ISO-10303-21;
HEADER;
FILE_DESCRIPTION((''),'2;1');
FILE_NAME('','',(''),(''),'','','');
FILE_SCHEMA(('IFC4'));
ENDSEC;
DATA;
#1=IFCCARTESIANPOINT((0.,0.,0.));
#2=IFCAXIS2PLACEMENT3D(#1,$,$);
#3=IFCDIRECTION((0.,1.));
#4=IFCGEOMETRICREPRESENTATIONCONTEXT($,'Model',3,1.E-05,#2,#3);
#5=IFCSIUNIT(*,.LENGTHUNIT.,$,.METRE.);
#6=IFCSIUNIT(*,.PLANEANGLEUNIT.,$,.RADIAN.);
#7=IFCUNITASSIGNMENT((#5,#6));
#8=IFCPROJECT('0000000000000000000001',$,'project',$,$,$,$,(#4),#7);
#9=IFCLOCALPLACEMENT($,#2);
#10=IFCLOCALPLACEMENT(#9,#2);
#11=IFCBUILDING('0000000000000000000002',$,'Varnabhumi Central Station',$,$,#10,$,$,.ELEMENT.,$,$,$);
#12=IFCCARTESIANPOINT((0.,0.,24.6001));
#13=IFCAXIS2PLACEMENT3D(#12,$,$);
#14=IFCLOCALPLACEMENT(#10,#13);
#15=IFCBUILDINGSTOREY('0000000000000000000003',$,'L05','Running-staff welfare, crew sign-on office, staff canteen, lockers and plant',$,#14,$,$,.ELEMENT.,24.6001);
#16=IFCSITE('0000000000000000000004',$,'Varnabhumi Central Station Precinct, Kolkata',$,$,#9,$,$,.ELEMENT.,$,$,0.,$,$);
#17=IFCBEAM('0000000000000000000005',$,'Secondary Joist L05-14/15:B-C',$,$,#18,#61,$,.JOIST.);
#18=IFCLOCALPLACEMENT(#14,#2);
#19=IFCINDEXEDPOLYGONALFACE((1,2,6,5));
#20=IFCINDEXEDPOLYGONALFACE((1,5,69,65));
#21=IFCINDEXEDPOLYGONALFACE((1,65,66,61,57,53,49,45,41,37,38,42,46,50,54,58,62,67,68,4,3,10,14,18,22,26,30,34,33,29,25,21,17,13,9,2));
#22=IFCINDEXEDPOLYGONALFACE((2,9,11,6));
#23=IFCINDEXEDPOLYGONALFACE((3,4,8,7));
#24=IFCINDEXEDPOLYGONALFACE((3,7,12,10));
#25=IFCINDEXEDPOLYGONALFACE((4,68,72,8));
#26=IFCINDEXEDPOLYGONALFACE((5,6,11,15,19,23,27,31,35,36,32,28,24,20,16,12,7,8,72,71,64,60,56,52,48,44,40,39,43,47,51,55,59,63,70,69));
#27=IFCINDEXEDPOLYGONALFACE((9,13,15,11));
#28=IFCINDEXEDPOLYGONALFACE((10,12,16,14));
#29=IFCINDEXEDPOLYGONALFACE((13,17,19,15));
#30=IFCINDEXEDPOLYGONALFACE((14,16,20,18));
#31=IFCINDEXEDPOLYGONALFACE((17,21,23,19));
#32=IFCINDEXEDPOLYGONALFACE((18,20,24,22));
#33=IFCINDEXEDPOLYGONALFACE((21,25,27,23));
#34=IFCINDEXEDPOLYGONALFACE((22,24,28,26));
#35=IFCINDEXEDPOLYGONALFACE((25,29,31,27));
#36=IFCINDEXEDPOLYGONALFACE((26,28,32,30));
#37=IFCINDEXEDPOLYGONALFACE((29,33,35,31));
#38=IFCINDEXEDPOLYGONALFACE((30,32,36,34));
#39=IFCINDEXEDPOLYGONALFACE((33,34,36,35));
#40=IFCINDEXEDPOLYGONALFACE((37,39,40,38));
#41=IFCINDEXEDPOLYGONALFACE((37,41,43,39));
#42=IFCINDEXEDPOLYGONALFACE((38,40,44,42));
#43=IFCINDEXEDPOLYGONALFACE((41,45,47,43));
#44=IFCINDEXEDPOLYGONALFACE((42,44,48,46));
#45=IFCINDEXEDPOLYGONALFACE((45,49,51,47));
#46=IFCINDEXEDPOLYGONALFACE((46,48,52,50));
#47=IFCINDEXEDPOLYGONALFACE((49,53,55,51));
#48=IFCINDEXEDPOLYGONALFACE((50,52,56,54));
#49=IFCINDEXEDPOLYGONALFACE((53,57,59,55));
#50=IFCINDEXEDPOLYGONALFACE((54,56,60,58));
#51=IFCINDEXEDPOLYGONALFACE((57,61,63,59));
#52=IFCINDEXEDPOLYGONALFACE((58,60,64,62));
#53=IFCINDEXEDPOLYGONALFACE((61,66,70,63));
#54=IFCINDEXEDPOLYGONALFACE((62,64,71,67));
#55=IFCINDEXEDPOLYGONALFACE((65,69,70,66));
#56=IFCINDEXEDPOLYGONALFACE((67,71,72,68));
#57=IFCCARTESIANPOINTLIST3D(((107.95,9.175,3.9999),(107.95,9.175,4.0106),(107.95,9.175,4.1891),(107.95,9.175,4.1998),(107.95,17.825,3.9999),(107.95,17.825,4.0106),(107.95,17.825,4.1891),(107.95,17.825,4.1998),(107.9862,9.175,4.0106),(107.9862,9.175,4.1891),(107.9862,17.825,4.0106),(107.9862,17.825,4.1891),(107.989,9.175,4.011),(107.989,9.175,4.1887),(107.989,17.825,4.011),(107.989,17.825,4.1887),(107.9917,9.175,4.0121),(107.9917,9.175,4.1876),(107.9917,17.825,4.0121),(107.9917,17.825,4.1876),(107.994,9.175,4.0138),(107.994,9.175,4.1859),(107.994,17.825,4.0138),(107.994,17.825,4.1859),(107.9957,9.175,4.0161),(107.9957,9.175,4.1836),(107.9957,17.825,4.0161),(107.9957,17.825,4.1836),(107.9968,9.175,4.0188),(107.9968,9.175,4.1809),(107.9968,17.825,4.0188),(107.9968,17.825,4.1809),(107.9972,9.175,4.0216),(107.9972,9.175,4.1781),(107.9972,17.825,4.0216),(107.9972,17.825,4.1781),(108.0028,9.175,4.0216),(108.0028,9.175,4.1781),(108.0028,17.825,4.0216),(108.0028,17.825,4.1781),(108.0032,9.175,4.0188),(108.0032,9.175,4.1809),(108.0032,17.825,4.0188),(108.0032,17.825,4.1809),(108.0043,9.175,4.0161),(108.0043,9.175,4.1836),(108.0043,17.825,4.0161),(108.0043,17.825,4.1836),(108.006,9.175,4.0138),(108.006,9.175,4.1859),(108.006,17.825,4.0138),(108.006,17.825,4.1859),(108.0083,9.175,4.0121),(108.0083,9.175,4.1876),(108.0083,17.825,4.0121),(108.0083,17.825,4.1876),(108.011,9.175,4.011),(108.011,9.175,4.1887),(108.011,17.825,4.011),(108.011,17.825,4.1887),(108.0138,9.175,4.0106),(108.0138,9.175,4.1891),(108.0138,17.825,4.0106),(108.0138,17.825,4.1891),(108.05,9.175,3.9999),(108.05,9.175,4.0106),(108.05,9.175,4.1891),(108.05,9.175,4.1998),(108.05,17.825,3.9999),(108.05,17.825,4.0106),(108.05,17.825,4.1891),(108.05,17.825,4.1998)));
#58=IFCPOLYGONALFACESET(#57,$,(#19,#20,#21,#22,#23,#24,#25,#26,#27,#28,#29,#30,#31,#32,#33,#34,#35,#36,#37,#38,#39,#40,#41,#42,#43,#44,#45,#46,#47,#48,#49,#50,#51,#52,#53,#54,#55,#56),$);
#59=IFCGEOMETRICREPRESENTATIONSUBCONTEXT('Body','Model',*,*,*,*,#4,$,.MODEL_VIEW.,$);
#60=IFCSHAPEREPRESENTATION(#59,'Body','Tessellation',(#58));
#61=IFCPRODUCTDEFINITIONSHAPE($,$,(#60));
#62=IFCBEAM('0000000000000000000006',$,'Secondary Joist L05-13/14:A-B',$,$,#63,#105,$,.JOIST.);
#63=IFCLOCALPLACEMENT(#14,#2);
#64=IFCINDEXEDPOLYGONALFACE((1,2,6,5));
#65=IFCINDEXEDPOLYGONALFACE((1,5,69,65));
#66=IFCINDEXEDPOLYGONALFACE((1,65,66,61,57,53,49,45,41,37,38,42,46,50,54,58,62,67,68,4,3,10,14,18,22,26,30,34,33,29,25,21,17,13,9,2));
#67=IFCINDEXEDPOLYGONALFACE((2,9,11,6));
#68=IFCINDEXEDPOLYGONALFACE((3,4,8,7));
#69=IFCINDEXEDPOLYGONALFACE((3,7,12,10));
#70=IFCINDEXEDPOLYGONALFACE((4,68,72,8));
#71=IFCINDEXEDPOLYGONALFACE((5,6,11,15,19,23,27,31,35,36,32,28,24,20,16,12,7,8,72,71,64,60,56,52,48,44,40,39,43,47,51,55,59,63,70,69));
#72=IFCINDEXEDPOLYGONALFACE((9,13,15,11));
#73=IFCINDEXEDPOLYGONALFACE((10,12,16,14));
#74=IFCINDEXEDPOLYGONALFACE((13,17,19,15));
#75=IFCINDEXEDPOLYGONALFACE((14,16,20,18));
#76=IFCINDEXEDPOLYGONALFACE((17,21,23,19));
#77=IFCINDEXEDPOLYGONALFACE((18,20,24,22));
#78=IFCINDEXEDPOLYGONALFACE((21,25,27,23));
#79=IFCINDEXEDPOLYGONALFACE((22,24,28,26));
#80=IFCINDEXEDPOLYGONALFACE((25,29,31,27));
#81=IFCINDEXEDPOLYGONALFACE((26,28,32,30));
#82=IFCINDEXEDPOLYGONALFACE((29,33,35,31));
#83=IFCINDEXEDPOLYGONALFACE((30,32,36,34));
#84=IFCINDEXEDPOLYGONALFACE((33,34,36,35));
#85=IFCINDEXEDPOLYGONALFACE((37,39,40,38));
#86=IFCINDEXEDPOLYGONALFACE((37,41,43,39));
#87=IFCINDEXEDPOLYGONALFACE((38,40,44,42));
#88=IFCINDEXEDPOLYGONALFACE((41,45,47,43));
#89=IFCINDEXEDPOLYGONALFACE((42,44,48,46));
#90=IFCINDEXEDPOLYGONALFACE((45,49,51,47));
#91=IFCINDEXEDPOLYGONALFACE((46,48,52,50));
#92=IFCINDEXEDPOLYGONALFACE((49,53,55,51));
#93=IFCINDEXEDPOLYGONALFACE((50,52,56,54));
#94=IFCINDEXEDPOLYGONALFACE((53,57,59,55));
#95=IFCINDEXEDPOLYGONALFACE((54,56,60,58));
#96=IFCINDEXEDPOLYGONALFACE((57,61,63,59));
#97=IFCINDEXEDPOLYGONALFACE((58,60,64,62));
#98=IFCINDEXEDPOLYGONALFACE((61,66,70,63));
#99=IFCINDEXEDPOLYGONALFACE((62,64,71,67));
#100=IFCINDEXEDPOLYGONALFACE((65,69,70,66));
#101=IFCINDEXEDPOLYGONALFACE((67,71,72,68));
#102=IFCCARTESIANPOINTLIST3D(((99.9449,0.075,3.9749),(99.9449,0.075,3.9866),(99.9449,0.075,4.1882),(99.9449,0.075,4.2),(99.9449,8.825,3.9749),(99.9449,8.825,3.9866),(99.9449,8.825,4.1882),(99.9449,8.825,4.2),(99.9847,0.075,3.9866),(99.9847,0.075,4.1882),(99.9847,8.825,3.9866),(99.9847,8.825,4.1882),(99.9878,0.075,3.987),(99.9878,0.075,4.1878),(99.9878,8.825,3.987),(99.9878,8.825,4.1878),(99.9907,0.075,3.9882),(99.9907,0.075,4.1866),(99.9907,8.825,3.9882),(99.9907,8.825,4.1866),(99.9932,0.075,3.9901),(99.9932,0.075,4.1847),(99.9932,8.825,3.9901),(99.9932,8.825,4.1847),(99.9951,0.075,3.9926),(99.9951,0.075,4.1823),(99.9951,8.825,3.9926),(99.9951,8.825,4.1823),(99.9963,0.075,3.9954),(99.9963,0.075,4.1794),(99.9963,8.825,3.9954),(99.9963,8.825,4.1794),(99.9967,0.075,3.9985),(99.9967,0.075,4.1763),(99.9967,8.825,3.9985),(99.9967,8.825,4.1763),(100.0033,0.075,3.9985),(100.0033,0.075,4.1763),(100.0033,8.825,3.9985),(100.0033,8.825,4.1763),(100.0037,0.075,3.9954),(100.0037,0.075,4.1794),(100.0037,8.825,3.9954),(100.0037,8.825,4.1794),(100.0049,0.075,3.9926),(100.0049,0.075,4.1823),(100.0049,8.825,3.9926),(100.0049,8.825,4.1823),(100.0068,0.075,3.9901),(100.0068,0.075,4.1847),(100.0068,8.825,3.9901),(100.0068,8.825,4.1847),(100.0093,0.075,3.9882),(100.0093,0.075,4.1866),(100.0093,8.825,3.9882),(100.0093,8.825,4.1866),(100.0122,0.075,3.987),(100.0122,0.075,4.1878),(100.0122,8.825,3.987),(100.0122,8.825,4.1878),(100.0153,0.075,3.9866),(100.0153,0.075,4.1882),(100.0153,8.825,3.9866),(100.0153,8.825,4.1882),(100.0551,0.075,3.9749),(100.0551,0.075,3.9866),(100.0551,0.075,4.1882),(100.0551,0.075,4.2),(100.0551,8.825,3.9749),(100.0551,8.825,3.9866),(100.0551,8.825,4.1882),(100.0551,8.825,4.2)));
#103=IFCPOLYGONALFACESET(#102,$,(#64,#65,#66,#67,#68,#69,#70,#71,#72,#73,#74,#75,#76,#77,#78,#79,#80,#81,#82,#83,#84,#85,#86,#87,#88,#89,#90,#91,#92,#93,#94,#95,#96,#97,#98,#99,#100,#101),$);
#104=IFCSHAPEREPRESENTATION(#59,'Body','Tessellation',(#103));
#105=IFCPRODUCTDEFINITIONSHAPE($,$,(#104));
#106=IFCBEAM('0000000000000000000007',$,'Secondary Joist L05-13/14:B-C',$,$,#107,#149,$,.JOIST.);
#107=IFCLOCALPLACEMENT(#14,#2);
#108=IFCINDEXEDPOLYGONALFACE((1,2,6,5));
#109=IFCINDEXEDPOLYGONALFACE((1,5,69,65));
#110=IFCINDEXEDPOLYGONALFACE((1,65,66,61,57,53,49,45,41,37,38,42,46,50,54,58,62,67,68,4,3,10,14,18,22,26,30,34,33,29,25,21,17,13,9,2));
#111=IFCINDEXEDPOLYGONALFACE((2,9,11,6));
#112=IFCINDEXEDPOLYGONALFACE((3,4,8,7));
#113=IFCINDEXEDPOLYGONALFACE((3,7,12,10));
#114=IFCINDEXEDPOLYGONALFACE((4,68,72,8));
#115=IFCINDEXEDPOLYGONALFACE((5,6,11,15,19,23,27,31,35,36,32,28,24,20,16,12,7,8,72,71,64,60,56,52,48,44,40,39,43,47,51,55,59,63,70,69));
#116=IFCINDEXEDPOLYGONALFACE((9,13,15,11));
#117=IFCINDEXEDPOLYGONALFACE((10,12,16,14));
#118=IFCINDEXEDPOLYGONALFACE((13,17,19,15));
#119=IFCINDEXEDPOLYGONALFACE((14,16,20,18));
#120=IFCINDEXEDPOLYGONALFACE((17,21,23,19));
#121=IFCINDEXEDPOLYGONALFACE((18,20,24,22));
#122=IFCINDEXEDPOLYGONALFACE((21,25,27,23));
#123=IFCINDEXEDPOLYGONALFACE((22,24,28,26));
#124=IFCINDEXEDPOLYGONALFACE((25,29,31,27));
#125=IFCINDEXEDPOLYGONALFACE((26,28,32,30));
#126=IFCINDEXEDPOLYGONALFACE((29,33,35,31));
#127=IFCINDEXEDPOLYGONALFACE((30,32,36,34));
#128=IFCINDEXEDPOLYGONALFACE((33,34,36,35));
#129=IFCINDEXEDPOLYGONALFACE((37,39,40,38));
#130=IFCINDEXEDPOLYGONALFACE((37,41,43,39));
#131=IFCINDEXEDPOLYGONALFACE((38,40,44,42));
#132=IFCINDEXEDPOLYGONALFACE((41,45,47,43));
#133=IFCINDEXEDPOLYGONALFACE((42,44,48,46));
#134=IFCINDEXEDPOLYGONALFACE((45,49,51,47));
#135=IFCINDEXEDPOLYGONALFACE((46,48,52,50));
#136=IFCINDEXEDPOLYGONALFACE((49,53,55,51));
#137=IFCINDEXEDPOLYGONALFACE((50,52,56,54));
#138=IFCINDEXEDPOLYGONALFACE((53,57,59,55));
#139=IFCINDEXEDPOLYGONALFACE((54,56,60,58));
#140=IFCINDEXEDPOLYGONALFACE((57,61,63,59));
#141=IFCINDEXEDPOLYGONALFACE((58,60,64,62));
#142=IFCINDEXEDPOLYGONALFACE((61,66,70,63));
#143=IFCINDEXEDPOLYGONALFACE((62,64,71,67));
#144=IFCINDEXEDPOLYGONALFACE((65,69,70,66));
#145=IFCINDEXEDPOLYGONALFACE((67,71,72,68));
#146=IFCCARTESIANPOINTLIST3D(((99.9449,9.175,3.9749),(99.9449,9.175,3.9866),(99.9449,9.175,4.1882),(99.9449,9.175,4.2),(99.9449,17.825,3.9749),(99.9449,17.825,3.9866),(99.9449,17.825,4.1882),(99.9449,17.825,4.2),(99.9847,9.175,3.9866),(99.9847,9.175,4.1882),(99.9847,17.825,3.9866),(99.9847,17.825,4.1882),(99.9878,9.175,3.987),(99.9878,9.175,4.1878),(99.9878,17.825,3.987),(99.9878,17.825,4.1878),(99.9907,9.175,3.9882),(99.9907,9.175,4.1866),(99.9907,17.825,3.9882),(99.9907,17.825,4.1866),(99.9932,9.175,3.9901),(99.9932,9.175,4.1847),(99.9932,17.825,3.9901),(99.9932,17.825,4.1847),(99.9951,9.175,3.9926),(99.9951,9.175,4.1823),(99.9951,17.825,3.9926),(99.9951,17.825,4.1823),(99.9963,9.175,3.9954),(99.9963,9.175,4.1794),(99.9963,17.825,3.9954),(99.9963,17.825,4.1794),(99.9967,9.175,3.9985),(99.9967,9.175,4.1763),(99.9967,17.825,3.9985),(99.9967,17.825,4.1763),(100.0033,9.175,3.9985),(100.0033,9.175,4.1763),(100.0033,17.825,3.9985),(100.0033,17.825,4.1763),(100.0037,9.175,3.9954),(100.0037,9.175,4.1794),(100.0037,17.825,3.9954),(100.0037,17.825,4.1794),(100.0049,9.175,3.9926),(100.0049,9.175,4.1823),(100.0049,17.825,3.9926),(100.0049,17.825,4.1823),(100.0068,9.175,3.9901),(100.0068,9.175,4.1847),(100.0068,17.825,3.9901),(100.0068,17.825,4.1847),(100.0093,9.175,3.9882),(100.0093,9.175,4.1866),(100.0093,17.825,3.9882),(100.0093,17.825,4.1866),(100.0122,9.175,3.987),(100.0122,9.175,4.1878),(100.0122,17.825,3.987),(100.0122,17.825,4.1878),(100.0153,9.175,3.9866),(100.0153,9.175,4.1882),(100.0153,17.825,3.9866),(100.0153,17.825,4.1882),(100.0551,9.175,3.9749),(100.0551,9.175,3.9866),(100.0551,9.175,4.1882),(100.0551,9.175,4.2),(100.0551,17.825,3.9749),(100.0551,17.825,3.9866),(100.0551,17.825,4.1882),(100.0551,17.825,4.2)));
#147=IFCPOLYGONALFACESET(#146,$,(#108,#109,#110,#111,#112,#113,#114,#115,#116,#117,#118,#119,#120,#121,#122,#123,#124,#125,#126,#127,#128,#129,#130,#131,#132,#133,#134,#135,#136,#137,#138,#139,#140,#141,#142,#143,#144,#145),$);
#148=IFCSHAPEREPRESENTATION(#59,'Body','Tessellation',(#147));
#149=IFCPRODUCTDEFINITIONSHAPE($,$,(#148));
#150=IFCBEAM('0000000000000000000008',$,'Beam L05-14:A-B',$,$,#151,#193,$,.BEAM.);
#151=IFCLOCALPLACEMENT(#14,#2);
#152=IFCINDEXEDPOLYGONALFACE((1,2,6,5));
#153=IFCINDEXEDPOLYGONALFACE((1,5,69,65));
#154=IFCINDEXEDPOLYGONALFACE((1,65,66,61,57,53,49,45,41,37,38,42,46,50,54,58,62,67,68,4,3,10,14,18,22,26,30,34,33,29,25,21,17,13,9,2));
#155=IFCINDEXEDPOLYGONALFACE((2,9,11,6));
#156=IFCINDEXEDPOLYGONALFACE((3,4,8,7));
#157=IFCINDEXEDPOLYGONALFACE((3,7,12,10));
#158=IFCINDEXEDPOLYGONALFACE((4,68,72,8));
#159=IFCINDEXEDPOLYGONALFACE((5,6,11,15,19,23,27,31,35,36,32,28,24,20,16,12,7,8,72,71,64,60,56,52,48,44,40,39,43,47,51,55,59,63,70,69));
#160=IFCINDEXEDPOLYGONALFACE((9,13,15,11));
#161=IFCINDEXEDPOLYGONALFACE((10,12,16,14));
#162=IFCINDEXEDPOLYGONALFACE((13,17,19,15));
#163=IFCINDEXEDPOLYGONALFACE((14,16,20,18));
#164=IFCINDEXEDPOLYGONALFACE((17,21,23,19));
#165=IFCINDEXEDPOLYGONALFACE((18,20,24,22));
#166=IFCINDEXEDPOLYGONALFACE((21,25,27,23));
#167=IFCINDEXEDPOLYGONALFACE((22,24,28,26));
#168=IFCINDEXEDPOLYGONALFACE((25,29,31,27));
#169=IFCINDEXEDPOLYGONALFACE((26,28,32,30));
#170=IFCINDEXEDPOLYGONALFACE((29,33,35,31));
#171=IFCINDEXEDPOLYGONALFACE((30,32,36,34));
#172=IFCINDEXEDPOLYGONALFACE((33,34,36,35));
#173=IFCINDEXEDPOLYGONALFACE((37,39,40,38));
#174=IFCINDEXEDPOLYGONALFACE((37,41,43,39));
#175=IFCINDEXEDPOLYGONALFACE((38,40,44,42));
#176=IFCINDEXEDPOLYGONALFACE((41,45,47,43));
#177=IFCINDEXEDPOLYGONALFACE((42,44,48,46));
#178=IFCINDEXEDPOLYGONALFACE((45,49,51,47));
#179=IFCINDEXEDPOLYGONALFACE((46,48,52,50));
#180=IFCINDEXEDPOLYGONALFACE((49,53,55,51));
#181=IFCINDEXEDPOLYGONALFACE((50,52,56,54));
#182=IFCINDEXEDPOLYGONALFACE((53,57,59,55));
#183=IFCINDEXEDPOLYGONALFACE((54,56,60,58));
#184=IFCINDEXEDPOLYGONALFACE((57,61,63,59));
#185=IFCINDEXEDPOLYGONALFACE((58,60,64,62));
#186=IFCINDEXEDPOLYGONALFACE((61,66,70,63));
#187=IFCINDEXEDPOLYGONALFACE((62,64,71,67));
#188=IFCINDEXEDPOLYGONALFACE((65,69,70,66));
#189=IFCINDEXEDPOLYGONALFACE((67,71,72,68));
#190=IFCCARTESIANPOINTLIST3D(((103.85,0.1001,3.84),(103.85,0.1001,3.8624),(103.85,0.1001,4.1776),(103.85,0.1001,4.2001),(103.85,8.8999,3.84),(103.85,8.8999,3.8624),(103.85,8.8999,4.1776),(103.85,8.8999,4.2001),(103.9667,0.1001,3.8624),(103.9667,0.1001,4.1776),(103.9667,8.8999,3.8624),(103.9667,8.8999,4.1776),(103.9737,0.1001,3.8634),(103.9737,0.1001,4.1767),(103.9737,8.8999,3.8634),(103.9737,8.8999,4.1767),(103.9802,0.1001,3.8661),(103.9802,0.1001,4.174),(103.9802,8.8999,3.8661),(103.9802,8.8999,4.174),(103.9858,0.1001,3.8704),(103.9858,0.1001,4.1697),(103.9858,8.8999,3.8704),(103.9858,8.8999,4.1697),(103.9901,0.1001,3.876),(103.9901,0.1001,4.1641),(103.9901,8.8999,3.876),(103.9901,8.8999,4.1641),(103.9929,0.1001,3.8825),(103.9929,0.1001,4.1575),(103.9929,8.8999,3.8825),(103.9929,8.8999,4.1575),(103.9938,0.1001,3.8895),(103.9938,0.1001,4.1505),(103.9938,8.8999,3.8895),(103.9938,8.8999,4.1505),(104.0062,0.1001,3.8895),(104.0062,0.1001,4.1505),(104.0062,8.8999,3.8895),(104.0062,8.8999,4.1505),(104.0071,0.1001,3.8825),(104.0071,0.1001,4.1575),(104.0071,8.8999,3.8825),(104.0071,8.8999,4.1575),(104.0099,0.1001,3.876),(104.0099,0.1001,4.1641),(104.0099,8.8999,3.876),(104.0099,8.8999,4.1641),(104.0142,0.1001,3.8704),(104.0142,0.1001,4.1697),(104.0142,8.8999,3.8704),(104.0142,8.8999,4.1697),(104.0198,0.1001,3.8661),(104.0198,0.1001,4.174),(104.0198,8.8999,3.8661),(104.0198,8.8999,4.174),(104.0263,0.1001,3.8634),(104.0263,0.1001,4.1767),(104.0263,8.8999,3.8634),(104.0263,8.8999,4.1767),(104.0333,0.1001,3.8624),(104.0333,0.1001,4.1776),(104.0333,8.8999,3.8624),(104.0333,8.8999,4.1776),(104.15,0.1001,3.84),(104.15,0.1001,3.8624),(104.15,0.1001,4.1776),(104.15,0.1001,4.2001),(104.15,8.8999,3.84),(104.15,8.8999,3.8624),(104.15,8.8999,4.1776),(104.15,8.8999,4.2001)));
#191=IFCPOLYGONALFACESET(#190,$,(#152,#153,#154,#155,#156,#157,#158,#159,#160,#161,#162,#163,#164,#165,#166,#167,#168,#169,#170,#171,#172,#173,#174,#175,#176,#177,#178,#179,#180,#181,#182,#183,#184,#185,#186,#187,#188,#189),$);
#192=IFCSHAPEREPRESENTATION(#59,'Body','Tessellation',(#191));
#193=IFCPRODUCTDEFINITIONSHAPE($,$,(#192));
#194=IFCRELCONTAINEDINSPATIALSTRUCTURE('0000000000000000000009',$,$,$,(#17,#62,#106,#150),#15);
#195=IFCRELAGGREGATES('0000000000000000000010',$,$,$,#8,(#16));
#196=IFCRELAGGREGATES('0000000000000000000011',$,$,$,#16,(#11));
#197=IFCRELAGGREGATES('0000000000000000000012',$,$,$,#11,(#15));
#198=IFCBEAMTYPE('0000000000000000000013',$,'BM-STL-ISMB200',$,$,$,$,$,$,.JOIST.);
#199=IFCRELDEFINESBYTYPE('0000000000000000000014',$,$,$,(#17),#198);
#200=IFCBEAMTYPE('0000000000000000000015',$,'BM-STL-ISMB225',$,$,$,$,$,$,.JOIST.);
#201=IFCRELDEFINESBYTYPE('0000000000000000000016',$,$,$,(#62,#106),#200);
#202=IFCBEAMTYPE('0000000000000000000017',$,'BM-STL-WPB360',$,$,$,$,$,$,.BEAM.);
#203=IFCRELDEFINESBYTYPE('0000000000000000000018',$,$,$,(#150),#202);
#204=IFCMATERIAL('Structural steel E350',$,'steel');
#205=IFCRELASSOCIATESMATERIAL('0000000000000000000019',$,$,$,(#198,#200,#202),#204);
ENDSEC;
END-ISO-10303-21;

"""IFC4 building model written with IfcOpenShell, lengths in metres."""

from ifc_helpers import new_model, si_unit, direction, frame, origin, origin_2d, place, context, subcontext, project, spatial, i_section, extrude, material, material_profile, profile_set, type_object, element, save


model = new_model("IFC4")

# Units and contexts
model_context = context("Model", 3, precision=1e-05, world=origin(), true_north=direction((0.0, 1.0)))
body_context = subcontext(model_context, "Body", "Model", "MODEL_VIEW")
ifc_project = project(units=[si_unit("LENGTHUNIT", "METRE"), si_unit("PLANEANGLEUNIT", "RADIAN")], contexts=[model_context])

# Site, building, storey
site_placement = place(None, origin())
site = spatial("IfcSite", under=ifc_project, at=site_placement, Name="Varnabhumi Central Station Precinct, Kolkata", CompositionType="ELEMENT", RefElevation=0.0)
building_placement = place(site_placement, origin())
building = spatial("IfcBuilding", under=site, at=building_placement, Name="Varnabhumi Central Station", CompositionType="ELEMENT")
storey_placement = place(building_placement, frame((0.0, 0.0, 24.6001)))
storey = spatial("IfcBuildingStorey", under=building, at=storey_placement, Name="L05", Description="Running-staff welfare, crew sign-on office, staff canteen, lockers and plant", CompositionType="ELEMENT", Elevation=24.6001)

# Beams
ifc_material_1 = material(Name="Structural steel E350", Category="steel")
ifc_material_profile_1 = material_profile(ifc_material_1, i_section(OverallWidth=0.1001, OverallDepth=0.2, WebThickness=0.0056, FlangeThickness=0.0107, FilletRadius=0.011, at=origin_2d()), Name="Structural steel E350", Category="steel")
ifc_profile_set_1 = profile_set([ifc_material_profile_1], Name="Structural steel E350")
beam_type_1 = type_object("IfcBeamType", Name="BM-STL-ISMB200", PredefinedType="JOIST", material=ifc_profile_set_1)
beam_1_placement = place(storey_placement, frame((108.0, 9.175, 4.0999), z_axis=(0.0, 1.0, 0.0), x_axis=(-1.0, 0.0, 0.0)))
element("IfcBeam", 1, at=beam_1_placement, inside=storey, type_object=beam_type_1, Name="Secondary Joist L05-14/15:B-C", PredefinedType="JOIST", context=body_context, shape_type="SweptSolid", body=[
    extrude(i_section(OverallWidth=0.1001, OverallDepth=0.2, WebThickness=0.0056, FlangeThickness=0.0107, FilletRadius=0.011, at=origin_2d()), origin(), (0.0, 0.0, 1.0), 8.6499),
])
ifc_material_profile_2 = material_profile(ifc_material_1, i_section(OverallWidth=0.1101, OverallDepth=0.2251, WebThickness=0.0066, FlangeThickness=0.0117, FilletRadius=0.012, at=origin_2d()), Name="Structural steel E350", Category="steel")
ifc_profile_set_2 = profile_set([ifc_material_profile_2], Name="Structural steel E350")
beam_type_2 = type_object("IfcBeamType", Name="BM-STL-ISMB225", PredefinedType="JOIST", material=ifc_profile_set_2)
beam_2_placement = place(storey_placement, frame((100.0, 0.075, 4.0874), z_axis=(0.0, 1.0, 0.0), x_axis=(-1.0, 0.0, 0.0)))
element("IfcBeam", 2, at=beam_2_placement, inside=storey, type_object=beam_type_2, Name="Secondary Joist L05-13/14:A-B", PredefinedType="JOIST", context=body_context, shape_type="SweptSolid", body=[
    extrude(i_section(OverallWidth=0.1101, OverallDepth=0.2251, WebThickness=0.0066, FlangeThickness=0.0117, FilletRadius=0.012, at=origin_2d()), origin(), (0.0, 0.0, 1.0), 8.75),
])
beam_3_placement = place(storey_placement, frame((100.0, 9.175, 4.0874), z_axis=(0.0, 1.0, 0.0), x_axis=(-1.0, 0.0, 0.0)))
element("IfcBeam", 3, at=beam_3_placement, inside=storey, type_object=beam_type_2, Name="Secondary Joist L05-13/14:B-C", PredefinedType="JOIST", context=body_context, shape_type="SweptSolid", body=[
    extrude(i_section(OverallWidth=0.1101, OverallDepth=0.2251, WebThickness=0.0066, FlangeThickness=0.0117, FilletRadius=0.012, at=origin_2d()), origin(), (0.0, 0.0, 1.0), 8.6499),
])
ifc_material_profile_3 = material_profile(ifc_material_1, i_section(OverallWidth=0.3, OverallDepth=0.3601, WebThickness=0.0125, FlangeThickness=0.0225, FilletRadius=0.0271, at=origin_2d()), Name="Structural steel E350", Category="steel")
ifc_profile_set_3 = profile_set([ifc_material_profile_3], Name="Structural steel E350")
beam_type_3 = type_object("IfcBeamType", Name="BM-STL-WPB360", PredefinedType="BEAM", material=ifc_profile_set_3)
for number, where, z_axis, x_axis, name in (
    (4, (104.0, 0.1001, 4.02), (0.0, 1.0, 0.0), (-1.0, 0.0, 0.0), "Beam L05-14:A-B"),
):
    element("IfcBeam", number, at=place(storey_placement, frame(where, z_axis=z_axis, x_axis=x_axis)), inside=storey, type_object=beam_type_3, Name=name, PredefinedType="BEAM", context=body_context, shape_type="SweptSolid", body=[
        extrude(i_section(OverallWidth=0.3, OverallDepth=0.3601, WebThickness=0.0125, FlangeThickness=0.0225, FilletRadius=0.0271, at=origin_2d()), origin(), (0.0, 0.0, 1.0), 8.7998),
    ])

save(model, "model.ifc")
